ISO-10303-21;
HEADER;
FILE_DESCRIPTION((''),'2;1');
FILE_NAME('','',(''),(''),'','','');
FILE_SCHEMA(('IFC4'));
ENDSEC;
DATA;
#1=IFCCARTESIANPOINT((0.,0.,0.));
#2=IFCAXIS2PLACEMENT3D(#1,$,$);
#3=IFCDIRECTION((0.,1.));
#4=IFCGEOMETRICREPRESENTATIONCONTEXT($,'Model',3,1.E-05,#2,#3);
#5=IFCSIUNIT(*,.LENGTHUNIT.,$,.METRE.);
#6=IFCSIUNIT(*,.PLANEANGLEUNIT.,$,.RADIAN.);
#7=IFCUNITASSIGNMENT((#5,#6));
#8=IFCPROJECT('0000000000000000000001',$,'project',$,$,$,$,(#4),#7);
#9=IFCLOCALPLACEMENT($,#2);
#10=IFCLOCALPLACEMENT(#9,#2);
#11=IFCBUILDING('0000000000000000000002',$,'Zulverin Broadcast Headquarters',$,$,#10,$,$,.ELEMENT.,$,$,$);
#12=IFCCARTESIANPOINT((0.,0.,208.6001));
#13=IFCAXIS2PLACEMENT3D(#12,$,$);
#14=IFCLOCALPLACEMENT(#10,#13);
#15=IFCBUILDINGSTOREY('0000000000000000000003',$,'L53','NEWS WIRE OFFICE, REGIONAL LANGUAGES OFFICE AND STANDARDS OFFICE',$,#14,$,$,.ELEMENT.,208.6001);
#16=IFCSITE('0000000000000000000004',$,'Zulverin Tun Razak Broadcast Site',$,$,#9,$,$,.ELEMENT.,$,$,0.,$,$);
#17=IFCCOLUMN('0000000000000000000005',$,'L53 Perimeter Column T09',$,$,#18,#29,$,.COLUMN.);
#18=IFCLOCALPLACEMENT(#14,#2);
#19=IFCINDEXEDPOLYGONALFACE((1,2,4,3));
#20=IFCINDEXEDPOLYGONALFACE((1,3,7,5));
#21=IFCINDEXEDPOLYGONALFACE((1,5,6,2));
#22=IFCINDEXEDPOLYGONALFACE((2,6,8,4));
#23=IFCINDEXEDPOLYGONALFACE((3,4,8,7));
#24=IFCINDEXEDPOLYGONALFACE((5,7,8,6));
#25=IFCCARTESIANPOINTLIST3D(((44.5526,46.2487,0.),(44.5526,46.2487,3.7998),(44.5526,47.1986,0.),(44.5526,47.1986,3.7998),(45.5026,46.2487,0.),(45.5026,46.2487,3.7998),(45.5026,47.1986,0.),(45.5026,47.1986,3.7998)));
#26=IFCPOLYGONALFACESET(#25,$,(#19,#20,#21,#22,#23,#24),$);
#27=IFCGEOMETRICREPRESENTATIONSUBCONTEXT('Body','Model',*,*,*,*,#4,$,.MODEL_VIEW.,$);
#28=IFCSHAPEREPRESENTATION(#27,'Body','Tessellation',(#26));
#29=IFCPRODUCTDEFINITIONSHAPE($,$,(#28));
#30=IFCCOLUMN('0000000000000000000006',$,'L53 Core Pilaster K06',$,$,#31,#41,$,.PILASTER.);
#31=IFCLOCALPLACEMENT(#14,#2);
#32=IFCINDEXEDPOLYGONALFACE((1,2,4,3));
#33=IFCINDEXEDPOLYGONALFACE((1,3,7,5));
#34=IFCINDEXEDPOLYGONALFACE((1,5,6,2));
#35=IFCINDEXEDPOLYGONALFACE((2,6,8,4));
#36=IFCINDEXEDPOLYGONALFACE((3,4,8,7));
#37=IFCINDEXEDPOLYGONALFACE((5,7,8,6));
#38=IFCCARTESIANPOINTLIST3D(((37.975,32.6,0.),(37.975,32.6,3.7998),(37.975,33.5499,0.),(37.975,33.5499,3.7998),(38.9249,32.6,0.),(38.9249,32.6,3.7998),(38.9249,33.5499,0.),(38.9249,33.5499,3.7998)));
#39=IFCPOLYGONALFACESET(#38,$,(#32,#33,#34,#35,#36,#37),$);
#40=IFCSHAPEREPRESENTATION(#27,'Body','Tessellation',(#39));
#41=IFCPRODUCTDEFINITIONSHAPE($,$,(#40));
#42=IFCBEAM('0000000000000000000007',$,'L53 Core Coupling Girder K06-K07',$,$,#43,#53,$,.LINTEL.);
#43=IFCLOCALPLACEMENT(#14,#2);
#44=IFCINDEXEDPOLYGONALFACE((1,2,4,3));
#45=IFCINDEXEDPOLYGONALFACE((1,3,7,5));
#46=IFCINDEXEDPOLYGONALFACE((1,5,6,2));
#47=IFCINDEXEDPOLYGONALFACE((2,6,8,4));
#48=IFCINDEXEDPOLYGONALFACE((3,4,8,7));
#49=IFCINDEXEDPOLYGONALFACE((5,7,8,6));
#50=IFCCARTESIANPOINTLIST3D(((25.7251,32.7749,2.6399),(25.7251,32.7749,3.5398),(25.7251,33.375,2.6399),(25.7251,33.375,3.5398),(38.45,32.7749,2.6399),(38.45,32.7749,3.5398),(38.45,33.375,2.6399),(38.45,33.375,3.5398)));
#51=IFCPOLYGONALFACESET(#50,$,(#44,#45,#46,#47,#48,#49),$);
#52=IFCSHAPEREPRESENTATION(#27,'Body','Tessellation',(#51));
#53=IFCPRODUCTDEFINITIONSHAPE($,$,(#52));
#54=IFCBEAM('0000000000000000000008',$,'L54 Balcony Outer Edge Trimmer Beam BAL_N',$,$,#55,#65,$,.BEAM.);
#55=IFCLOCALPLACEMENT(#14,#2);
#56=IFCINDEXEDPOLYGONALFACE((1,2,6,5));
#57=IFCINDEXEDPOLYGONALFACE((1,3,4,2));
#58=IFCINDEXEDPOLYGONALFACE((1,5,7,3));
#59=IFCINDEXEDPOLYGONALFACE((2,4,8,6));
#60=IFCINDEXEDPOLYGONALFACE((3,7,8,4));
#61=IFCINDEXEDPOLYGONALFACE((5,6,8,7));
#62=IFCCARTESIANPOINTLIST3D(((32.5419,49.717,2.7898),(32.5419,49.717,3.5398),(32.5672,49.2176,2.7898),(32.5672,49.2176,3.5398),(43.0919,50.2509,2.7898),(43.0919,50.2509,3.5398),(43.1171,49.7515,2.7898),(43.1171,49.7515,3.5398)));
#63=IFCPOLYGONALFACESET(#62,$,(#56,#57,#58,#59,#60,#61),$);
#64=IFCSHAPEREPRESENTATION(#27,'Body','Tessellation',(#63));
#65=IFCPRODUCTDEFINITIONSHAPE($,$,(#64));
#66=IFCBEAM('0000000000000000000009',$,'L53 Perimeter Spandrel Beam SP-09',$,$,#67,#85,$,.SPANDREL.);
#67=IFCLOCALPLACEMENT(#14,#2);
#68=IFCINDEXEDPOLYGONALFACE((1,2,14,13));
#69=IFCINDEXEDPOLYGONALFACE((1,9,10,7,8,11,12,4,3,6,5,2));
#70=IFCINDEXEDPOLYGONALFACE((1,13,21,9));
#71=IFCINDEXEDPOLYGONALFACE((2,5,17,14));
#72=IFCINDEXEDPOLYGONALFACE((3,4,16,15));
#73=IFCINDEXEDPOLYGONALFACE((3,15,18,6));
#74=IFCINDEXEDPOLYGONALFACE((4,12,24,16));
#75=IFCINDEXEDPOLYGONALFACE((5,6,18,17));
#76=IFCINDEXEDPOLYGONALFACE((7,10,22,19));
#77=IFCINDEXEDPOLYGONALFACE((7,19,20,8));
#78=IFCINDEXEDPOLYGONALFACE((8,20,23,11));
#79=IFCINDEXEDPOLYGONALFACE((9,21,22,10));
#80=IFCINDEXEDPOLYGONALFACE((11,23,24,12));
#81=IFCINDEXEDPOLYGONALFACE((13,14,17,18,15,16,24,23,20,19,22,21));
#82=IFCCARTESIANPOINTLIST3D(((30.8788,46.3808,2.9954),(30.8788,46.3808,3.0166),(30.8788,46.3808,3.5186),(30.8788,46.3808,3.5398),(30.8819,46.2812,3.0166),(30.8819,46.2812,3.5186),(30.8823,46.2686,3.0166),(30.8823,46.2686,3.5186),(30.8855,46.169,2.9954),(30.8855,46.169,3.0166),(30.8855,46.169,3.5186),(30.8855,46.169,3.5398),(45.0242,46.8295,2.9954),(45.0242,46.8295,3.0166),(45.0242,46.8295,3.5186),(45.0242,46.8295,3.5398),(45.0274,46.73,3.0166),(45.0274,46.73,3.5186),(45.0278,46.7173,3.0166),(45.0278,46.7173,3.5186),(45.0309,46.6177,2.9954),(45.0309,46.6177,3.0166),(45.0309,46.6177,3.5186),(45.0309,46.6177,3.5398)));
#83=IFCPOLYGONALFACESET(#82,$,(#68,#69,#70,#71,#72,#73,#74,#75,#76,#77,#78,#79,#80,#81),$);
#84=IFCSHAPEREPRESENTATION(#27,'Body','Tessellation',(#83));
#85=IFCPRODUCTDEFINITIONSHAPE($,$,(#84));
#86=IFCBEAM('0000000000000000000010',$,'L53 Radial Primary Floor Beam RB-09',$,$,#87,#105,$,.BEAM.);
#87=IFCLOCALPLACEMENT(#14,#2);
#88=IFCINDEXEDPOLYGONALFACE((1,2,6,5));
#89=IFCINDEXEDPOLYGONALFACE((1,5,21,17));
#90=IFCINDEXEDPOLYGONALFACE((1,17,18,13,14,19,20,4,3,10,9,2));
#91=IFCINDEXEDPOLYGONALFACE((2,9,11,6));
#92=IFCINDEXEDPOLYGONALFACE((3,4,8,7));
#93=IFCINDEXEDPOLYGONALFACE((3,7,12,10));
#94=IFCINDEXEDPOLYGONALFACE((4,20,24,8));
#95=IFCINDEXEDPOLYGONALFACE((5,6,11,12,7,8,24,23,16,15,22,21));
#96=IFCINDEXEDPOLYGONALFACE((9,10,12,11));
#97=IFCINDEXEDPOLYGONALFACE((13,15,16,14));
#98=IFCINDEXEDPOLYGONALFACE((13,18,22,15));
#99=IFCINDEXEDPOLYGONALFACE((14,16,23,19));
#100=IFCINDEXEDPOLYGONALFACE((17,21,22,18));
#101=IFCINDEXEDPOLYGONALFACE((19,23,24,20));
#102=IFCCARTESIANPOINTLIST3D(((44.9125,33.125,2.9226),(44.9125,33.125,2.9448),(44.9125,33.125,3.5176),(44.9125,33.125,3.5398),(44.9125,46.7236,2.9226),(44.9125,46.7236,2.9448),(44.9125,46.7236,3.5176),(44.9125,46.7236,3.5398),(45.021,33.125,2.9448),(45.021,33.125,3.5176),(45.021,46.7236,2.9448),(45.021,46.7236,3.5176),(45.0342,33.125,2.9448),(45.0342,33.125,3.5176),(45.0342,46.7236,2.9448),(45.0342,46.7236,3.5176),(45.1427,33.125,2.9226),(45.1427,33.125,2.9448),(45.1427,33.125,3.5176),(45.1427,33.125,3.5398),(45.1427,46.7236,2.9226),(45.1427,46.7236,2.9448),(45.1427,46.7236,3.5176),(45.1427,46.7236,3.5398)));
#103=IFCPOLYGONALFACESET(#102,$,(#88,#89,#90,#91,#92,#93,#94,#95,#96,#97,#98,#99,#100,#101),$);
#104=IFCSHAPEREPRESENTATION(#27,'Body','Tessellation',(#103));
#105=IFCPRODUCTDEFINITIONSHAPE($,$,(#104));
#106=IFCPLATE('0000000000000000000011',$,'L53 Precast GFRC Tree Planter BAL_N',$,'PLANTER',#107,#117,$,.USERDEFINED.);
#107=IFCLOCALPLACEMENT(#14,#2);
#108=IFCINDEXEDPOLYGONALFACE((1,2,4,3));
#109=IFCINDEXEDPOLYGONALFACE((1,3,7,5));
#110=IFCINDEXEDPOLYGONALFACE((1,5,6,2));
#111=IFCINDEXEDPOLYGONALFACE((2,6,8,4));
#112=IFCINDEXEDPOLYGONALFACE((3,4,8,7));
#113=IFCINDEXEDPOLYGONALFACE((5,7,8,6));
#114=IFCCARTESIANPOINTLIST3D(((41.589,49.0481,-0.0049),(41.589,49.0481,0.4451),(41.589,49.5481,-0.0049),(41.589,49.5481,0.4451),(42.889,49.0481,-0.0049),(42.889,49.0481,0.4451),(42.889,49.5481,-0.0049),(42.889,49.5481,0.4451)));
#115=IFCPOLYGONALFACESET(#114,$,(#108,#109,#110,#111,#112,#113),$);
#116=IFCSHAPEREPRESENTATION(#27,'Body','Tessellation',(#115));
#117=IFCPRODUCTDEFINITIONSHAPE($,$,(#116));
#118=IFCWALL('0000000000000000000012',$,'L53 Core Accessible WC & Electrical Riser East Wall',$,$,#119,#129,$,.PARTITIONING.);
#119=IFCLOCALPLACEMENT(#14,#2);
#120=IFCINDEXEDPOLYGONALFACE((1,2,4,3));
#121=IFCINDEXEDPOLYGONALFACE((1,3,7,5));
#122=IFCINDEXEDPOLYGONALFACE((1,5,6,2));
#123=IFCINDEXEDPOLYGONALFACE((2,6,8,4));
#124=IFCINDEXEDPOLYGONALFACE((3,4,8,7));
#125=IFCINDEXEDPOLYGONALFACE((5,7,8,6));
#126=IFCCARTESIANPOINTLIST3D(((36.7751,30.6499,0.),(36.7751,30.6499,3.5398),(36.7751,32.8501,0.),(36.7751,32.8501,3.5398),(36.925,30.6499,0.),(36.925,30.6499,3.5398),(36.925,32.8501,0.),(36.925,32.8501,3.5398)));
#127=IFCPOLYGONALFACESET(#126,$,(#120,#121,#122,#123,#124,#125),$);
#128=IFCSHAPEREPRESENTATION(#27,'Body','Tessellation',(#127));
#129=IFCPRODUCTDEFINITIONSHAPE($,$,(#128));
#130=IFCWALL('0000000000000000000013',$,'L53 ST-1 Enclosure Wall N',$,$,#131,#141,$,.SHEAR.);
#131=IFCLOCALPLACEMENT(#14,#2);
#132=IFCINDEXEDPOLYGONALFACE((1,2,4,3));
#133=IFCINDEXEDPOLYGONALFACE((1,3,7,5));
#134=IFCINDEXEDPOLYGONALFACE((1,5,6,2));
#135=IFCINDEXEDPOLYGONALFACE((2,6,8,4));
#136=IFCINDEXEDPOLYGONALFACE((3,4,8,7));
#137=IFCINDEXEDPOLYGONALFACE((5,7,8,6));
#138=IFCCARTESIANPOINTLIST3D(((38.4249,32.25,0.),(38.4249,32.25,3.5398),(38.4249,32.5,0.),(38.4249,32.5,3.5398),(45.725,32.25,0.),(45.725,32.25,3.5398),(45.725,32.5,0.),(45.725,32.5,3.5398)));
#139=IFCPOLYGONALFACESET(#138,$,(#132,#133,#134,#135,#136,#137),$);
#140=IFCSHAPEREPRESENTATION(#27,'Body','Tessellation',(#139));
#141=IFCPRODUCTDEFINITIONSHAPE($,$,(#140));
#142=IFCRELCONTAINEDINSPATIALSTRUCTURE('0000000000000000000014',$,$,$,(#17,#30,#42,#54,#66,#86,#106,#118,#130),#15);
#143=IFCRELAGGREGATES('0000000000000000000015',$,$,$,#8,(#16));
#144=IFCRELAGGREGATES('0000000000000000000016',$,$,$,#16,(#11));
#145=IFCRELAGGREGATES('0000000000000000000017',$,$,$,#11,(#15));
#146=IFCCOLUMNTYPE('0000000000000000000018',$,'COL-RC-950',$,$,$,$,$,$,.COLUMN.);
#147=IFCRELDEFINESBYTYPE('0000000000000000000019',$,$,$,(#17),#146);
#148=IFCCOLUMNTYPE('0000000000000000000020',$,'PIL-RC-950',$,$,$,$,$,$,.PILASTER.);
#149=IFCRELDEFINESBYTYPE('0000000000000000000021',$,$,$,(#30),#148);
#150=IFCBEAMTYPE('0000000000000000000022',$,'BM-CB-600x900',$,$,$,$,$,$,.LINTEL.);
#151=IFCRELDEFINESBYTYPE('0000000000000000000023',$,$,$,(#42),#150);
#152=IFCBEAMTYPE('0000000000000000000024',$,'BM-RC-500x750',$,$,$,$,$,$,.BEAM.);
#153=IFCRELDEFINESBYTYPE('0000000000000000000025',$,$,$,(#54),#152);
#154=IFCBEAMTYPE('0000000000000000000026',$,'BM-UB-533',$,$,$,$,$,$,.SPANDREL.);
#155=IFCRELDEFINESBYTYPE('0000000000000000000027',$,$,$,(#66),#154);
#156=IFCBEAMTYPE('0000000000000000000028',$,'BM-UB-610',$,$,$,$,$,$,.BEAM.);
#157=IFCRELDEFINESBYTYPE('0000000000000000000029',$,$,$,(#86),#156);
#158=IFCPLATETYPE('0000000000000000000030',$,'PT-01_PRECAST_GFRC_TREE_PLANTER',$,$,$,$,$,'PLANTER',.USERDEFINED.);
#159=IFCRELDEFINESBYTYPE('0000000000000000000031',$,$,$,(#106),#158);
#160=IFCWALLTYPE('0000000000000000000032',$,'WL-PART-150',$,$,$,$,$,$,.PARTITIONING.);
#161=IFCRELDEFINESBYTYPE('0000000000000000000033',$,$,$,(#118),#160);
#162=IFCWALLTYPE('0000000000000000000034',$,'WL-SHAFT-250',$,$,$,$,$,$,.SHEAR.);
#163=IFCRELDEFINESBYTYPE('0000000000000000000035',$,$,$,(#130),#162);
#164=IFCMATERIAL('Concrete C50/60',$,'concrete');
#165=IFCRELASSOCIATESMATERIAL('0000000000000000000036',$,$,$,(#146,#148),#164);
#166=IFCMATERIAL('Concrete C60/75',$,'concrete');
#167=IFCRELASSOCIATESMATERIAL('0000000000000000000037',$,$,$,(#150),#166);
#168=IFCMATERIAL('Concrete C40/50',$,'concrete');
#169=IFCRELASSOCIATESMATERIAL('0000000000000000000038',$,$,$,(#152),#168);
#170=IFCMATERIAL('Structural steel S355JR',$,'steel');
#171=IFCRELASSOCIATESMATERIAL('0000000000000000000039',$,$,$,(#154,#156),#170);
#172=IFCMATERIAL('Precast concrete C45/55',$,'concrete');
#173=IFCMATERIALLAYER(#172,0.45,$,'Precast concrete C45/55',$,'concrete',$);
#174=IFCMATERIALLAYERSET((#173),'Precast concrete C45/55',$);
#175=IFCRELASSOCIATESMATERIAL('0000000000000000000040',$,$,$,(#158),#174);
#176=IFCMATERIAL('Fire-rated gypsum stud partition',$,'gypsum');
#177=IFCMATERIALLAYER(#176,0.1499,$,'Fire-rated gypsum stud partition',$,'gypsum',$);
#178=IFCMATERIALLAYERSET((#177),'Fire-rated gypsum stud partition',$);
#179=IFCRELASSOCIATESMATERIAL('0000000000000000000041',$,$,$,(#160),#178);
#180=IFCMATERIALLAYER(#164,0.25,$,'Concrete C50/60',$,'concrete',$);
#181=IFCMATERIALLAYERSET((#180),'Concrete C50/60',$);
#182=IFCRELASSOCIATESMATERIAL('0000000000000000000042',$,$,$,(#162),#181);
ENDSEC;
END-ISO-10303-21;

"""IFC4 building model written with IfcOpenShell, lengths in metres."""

from ifc_helpers import new_model, si_unit, direction, frame, frame_2d, origin, origin_2d, place, context, subcontext, project, spatial, rectangle, i_section, extrude, material, layer, layer_set, material_profile, profile_set, type_object, element, save


model = new_model("IFC4")

# Units and contexts
model_context = context("Model", 3, precision=1e-05, world=origin(), true_north=direction((0.0, 1.0)))
body_context = subcontext(model_context, "Body", "Model", "MODEL_VIEW")
ifc_project = project(units=[si_unit("LENGTHUNIT", "METRE"), si_unit("PLANEANGLEUNIT", "RADIAN")], contexts=[model_context])

# Site, building, storey
site_placement = place(None, origin())
site = spatial("IfcSite", under=ifc_project, at=site_placement, Name="Zulverin Tun Razak Broadcast Site", CompositionType="ELEMENT", RefElevation=0.0)
building_placement = place(site_placement, origin())
building = spatial("IfcBuilding", under=site, at=building_placement, Name="Zulverin Broadcast Headquarters", CompositionType="ELEMENT")
storey_placement = place(building_placement, frame((0.0, 0.0, 208.6001)))
storey = spatial("IfcBuildingStorey", under=building, at=storey_placement, Name="L53", Description="NEWS WIRE OFFICE, REGIONAL LANGUAGES OFFICE AND STANDARDS OFFICE", CompositionType="ELEMENT", Elevation=208.6001)

# Columns
ifc_material_1 = material(Name="Concrete C50/60", Category="concrete")
ifc_material_profile_1 = material_profile(ifc_material_1, rectangle(XDim=0.95, YDim=0.95, at=origin_2d()), Name="Concrete C50/60", Category="concrete")
ifc_profile_set_1 = profile_set([ifc_material_profile_1], Name="Concrete C50/60")
column_type_1 = type_object("IfcColumnType", Name="COL-RC-950", PredefinedType="COLUMN", material=ifc_profile_set_1)
column_1_placement = place(storey_placement, frame((45.0276, 46.7236, 0.0), z_axis=(0.0, 0.0, 1.0), x_axis=(1.0, 0.0, 0.0)))
element("IfcColumn", 1, at=column_1_placement, inside=storey, type_object=column_type_1, Name="L53 Perimeter Column T09", PredefinedType="COLUMN", context=body_context, shape_type="SweptSolid", body=[
    extrude(rectangle(XDim=0.95, YDim=0.95, at=origin_2d()), origin(), (0.0, 0.0, 1.0), 3.7998),
])
ifc_material_profile_2 = material_profile(ifc_material_1, rectangle(XDim=0.95, YDim=0.95, at=origin_2d()), Name="Concrete C50/60", Category="concrete")
ifc_profile_set_2 = profile_set([ifc_material_profile_2], Name="Concrete C50/60")
column_type_2 = type_object("IfcColumnType", Name="PIL-RC-950", PredefinedType="PILASTER", material=ifc_profile_set_2)
column_2_placement = place(storey_placement, frame((38.45, 33.075, 0.0), z_axis=(0.0, 0.0, 1.0), x_axis=(1.0, 0.0, 0.0)))
element("IfcColumn", 2, at=column_2_placement, inside=storey, type_object=column_type_2, Name="L53 Core Pilaster K06", PredefinedType="PILASTER", context=body_context, shape_type="SweptSolid", body=[
    extrude(rectangle(XDim=0.95, YDim=0.95, at=origin_2d()), origin(), (0.0, 0.0, 1.0), 3.7998),
])

# Beams
ifc_material_2 = material(Name="Concrete C60/75", Category="concrete")
ifc_material_profile_3 = material_profile(ifc_material_2, rectangle(XDim=0.6001, YDim=0.8999, at=origin_2d()), Name="Concrete C60/75", Category="concrete")
ifc_profile_set_3 = profile_set([ifc_material_profile_3], Name="Concrete C60/75")
beam_type_1 = type_object("IfcBeamType", Name="BM-CB-600x900", PredefinedType="LINTEL", material=ifc_profile_set_3)
beam_1_placement = place(storey_placement, frame((38.45, 33.075, 3.0898), z_axis=(-1.0, 0.0, 0.0), x_axis=(0.0, -1.0, 0.0)))
element("IfcBeam", 3, at=beam_1_placement, inside=storey, type_object=beam_type_1, Name="L53 Core Coupling Girder K06-K07", PredefinedType="LINTEL", context=body_context, shape_type="SweptSolid", body=[
    extrude(rectangle(XDim=0.6001, YDim=0.8999, at=origin_2d()), origin(), (0.0, 0.0, 1.0), 12.7249),
])
ifc_material_3 = material(Name="Concrete C40/50", Category="concrete")
ifc_material_profile_4 = material_profile(ifc_material_3, rectangle(XDim=0.5, YDim=0.75, at=origin_2d()), Name="Concrete C40/50", Category="concrete")
ifc_profile_set_4 = profile_set([ifc_material_profile_4], Name="Concrete C40/50")
beam_type_2 = type_object("IfcBeamType", Name="BM-RC-500x750", PredefinedType="BEAM", material=ifc_profile_set_4)
beam_2_placement = place(storey_placement, frame((43.1045, 50.0012, 3.1648), z_axis=(-0.998722, -0.050545, 0.0), x_axis=(0.050545, -0.998722, 0.0)))
element("IfcBeam", 4, at=beam_2_placement, inside=storey, type_object=beam_type_2, Name="L54 Balcony Outer Edge Trimmer Beam BAL_N", PredefinedType="BEAM", context=body_context, shape_type="SweptSolid", body=[
    extrude(rectangle(XDim=0.5, YDim=0.75, at=origin_2d()), origin(), (0.0, 0.0, 1.0), 10.5635),
])
ifc_material_4 = material(Name="Structural steel S355JR", Category="steel")
ifc_material_profile_5 = material_profile(ifc_material_4, i_section(OverallWidth=0.2119, OverallDepth=0.5444, WebThickness=0.0127, FlangeThickness=0.0212, at=origin_2d()), Name="Structural steel S355JR", Category="steel")
ifc_profile_set_5 = profile_set([ifc_material_profile_5], Name="Structural steel S355JR")
beam_type_3 = type_object("IfcBeamType", Name="BM-UB-533", PredefinedType="SPANDREL", material=ifc_profile_set_5)
beam_3_placement = place(storey_placement, frame((45.0276, 46.7236, 3.2676), z_axis=(-0.999497, -0.031707, 0.0), x_axis=(0.031707, -0.999497, 0.0)))
element("IfcBeam", 5, at=beam_3_placement, inside=storey, type_object=beam_type_3, Name="L53 Perimeter Spandrel Beam SP-09", PredefinedType="SPANDREL", context=body_context, shape_type="SweptSolid", body=[
    extrude(i_section(OverallWidth=0.2119, OverallDepth=0.5444, WebThickness=0.0127, FlangeThickness=0.0212, at=origin_2d()), origin(), (0.0, 0.0, 1.0), 14.1526),
])
ifc_material_profile_6 = material_profile(ifc_material_4, i_section(OverallWidth=0.2302, OverallDepth=0.6172, WebThickness=0.0132, FlangeThickness=0.0222, at=origin_2d()), Name="Structural steel S355JR", Category="steel")
ifc_profile_set_6 = profile_set([ifc_material_profile_6], Name="Structural steel S355JR")
beam_type_4 = type_object("IfcBeamType", Name="BM-UB-610", PredefinedType="BEAM", material=ifc_profile_set_6)
beam_4_placement = place(storey_placement, frame((45.0276, 33.125, 3.2312), z_axis=(0.0, 1.0, 0.0), x_axis=(-1.0, 0.0, 0.0)))
element("IfcBeam", 6, at=beam_4_placement, inside=storey, type_object=beam_type_4, Name="L53 Radial Primary Floor Beam RB-09", PredefinedType="BEAM", context=body_context, shape_type="SweptSolid", body=[
    extrude(i_section(OverallWidth=0.2302, OverallDepth=0.6172, WebThickness=0.0132, FlangeThickness=0.0222, at=origin_2d()), origin(), (0.0, 0.0, 1.0), 13.5986),
])

# Plate
ifc_material_5 = material(Name="Precast concrete C45/55", Category="concrete")
ifc_layer_1 = layer(ifc_material_5, 0.45, Name="Precast concrete C45/55", Category="concrete")
ifc_layer_set_1 = layer_set([ifc_layer_1], Name="Precast concrete C45/55")
plate_type = type_object("IfcPlateType", Name="PT-01_PRECAST_GFRC_TREE_PLANTER", ElementType="PLANTER", PredefinedType="USERDEFINED", material=ifc_layer_set_1)
plate_placement = place(storey_placement, frame((42.239, 49.2981, -0.0049), z_axis=(0.0, 0.0, 1.0), x_axis=(1.0, 0.0, 0.0)))
element("IfcPlate", 7, at=plate_placement, inside=storey, type_object=plate_type, Name="L53 Precast GFRC Tree Planter BAL_N", ObjectType="PLANTER", PredefinedType="USERDEFINED", context=body_context, shape_type="SweptSolid", body=[
    extrude(rectangle(XDim=1.3, YDim=0.5, at=origin_2d()), origin(), (0.0, 0.0, 1.0), 0.45),
])

# Walls
ifc_material_6 = material(Name="Fire-rated gypsum stud partition", Category="gypsum")
ifc_layer_2 = layer(ifc_material_6, 0.1499, Name="Fire-rated gypsum stud partition", Category="gypsum")
ifc_layer_set_2 = layer_set([ifc_layer_2], Name="Fire-rated gypsum stud partition")
wall_type_1 = type_object("IfcWallType", Name="WL-PART-150", PredefinedType="PARTITIONING", material=ifc_layer_set_2)
wall_1_placement = place(storey_placement, frame((36.8501, 30.6499, 0.0), z_axis=(0.0, 0.0, 1.0), x_axis=(0.0, 1.0, 0.0)))
element("IfcWall", 8, at=wall_1_placement, inside=storey, type_object=wall_type_1, Name="L53 Core Accessible WC & Electrical Riser East Wall", PredefinedType="PARTITIONING", context=body_context, shape_type="SweptSolid", body=[
    extrude(rectangle(XDim=2.2002, YDim=0.1499, at=frame_2d((1.1001, 0.0))), origin(), (0.0, 0.0, 1.0), 3.5398),
])
ifc_layer_3 = layer(ifc_material_1, 0.25, Name="Concrete C50/60", Category="concrete")
ifc_layer_set_3 = layer_set([ifc_layer_3], Name="Concrete C50/60")
wall_type_2 = type_object("IfcWallType", Name="WL-SHAFT-250", PredefinedType="SHEAR", material=ifc_layer_set_3)
wall_2_placement = place(storey_placement, frame((38.425, 32.375, 0.0), z_axis=(0.0, 0.0, 1.0), x_axis=(1.0, 0.0, 0.0)))
element("IfcWall", 9, at=wall_2_placement, inside=storey, type_object=wall_type_2, Name="L53 ST-1 Enclosure Wall N", PredefinedType="SHEAR", context=body_context, shape_type="SweptSolid", body=[
    extrude(rectangle(XDim=7.3, YDim=0.25, at=frame_2d((3.6499, 0.0))), origin(), (0.0, 0.0, 1.0), 3.5398),
])

save(model, "model.ifc")
